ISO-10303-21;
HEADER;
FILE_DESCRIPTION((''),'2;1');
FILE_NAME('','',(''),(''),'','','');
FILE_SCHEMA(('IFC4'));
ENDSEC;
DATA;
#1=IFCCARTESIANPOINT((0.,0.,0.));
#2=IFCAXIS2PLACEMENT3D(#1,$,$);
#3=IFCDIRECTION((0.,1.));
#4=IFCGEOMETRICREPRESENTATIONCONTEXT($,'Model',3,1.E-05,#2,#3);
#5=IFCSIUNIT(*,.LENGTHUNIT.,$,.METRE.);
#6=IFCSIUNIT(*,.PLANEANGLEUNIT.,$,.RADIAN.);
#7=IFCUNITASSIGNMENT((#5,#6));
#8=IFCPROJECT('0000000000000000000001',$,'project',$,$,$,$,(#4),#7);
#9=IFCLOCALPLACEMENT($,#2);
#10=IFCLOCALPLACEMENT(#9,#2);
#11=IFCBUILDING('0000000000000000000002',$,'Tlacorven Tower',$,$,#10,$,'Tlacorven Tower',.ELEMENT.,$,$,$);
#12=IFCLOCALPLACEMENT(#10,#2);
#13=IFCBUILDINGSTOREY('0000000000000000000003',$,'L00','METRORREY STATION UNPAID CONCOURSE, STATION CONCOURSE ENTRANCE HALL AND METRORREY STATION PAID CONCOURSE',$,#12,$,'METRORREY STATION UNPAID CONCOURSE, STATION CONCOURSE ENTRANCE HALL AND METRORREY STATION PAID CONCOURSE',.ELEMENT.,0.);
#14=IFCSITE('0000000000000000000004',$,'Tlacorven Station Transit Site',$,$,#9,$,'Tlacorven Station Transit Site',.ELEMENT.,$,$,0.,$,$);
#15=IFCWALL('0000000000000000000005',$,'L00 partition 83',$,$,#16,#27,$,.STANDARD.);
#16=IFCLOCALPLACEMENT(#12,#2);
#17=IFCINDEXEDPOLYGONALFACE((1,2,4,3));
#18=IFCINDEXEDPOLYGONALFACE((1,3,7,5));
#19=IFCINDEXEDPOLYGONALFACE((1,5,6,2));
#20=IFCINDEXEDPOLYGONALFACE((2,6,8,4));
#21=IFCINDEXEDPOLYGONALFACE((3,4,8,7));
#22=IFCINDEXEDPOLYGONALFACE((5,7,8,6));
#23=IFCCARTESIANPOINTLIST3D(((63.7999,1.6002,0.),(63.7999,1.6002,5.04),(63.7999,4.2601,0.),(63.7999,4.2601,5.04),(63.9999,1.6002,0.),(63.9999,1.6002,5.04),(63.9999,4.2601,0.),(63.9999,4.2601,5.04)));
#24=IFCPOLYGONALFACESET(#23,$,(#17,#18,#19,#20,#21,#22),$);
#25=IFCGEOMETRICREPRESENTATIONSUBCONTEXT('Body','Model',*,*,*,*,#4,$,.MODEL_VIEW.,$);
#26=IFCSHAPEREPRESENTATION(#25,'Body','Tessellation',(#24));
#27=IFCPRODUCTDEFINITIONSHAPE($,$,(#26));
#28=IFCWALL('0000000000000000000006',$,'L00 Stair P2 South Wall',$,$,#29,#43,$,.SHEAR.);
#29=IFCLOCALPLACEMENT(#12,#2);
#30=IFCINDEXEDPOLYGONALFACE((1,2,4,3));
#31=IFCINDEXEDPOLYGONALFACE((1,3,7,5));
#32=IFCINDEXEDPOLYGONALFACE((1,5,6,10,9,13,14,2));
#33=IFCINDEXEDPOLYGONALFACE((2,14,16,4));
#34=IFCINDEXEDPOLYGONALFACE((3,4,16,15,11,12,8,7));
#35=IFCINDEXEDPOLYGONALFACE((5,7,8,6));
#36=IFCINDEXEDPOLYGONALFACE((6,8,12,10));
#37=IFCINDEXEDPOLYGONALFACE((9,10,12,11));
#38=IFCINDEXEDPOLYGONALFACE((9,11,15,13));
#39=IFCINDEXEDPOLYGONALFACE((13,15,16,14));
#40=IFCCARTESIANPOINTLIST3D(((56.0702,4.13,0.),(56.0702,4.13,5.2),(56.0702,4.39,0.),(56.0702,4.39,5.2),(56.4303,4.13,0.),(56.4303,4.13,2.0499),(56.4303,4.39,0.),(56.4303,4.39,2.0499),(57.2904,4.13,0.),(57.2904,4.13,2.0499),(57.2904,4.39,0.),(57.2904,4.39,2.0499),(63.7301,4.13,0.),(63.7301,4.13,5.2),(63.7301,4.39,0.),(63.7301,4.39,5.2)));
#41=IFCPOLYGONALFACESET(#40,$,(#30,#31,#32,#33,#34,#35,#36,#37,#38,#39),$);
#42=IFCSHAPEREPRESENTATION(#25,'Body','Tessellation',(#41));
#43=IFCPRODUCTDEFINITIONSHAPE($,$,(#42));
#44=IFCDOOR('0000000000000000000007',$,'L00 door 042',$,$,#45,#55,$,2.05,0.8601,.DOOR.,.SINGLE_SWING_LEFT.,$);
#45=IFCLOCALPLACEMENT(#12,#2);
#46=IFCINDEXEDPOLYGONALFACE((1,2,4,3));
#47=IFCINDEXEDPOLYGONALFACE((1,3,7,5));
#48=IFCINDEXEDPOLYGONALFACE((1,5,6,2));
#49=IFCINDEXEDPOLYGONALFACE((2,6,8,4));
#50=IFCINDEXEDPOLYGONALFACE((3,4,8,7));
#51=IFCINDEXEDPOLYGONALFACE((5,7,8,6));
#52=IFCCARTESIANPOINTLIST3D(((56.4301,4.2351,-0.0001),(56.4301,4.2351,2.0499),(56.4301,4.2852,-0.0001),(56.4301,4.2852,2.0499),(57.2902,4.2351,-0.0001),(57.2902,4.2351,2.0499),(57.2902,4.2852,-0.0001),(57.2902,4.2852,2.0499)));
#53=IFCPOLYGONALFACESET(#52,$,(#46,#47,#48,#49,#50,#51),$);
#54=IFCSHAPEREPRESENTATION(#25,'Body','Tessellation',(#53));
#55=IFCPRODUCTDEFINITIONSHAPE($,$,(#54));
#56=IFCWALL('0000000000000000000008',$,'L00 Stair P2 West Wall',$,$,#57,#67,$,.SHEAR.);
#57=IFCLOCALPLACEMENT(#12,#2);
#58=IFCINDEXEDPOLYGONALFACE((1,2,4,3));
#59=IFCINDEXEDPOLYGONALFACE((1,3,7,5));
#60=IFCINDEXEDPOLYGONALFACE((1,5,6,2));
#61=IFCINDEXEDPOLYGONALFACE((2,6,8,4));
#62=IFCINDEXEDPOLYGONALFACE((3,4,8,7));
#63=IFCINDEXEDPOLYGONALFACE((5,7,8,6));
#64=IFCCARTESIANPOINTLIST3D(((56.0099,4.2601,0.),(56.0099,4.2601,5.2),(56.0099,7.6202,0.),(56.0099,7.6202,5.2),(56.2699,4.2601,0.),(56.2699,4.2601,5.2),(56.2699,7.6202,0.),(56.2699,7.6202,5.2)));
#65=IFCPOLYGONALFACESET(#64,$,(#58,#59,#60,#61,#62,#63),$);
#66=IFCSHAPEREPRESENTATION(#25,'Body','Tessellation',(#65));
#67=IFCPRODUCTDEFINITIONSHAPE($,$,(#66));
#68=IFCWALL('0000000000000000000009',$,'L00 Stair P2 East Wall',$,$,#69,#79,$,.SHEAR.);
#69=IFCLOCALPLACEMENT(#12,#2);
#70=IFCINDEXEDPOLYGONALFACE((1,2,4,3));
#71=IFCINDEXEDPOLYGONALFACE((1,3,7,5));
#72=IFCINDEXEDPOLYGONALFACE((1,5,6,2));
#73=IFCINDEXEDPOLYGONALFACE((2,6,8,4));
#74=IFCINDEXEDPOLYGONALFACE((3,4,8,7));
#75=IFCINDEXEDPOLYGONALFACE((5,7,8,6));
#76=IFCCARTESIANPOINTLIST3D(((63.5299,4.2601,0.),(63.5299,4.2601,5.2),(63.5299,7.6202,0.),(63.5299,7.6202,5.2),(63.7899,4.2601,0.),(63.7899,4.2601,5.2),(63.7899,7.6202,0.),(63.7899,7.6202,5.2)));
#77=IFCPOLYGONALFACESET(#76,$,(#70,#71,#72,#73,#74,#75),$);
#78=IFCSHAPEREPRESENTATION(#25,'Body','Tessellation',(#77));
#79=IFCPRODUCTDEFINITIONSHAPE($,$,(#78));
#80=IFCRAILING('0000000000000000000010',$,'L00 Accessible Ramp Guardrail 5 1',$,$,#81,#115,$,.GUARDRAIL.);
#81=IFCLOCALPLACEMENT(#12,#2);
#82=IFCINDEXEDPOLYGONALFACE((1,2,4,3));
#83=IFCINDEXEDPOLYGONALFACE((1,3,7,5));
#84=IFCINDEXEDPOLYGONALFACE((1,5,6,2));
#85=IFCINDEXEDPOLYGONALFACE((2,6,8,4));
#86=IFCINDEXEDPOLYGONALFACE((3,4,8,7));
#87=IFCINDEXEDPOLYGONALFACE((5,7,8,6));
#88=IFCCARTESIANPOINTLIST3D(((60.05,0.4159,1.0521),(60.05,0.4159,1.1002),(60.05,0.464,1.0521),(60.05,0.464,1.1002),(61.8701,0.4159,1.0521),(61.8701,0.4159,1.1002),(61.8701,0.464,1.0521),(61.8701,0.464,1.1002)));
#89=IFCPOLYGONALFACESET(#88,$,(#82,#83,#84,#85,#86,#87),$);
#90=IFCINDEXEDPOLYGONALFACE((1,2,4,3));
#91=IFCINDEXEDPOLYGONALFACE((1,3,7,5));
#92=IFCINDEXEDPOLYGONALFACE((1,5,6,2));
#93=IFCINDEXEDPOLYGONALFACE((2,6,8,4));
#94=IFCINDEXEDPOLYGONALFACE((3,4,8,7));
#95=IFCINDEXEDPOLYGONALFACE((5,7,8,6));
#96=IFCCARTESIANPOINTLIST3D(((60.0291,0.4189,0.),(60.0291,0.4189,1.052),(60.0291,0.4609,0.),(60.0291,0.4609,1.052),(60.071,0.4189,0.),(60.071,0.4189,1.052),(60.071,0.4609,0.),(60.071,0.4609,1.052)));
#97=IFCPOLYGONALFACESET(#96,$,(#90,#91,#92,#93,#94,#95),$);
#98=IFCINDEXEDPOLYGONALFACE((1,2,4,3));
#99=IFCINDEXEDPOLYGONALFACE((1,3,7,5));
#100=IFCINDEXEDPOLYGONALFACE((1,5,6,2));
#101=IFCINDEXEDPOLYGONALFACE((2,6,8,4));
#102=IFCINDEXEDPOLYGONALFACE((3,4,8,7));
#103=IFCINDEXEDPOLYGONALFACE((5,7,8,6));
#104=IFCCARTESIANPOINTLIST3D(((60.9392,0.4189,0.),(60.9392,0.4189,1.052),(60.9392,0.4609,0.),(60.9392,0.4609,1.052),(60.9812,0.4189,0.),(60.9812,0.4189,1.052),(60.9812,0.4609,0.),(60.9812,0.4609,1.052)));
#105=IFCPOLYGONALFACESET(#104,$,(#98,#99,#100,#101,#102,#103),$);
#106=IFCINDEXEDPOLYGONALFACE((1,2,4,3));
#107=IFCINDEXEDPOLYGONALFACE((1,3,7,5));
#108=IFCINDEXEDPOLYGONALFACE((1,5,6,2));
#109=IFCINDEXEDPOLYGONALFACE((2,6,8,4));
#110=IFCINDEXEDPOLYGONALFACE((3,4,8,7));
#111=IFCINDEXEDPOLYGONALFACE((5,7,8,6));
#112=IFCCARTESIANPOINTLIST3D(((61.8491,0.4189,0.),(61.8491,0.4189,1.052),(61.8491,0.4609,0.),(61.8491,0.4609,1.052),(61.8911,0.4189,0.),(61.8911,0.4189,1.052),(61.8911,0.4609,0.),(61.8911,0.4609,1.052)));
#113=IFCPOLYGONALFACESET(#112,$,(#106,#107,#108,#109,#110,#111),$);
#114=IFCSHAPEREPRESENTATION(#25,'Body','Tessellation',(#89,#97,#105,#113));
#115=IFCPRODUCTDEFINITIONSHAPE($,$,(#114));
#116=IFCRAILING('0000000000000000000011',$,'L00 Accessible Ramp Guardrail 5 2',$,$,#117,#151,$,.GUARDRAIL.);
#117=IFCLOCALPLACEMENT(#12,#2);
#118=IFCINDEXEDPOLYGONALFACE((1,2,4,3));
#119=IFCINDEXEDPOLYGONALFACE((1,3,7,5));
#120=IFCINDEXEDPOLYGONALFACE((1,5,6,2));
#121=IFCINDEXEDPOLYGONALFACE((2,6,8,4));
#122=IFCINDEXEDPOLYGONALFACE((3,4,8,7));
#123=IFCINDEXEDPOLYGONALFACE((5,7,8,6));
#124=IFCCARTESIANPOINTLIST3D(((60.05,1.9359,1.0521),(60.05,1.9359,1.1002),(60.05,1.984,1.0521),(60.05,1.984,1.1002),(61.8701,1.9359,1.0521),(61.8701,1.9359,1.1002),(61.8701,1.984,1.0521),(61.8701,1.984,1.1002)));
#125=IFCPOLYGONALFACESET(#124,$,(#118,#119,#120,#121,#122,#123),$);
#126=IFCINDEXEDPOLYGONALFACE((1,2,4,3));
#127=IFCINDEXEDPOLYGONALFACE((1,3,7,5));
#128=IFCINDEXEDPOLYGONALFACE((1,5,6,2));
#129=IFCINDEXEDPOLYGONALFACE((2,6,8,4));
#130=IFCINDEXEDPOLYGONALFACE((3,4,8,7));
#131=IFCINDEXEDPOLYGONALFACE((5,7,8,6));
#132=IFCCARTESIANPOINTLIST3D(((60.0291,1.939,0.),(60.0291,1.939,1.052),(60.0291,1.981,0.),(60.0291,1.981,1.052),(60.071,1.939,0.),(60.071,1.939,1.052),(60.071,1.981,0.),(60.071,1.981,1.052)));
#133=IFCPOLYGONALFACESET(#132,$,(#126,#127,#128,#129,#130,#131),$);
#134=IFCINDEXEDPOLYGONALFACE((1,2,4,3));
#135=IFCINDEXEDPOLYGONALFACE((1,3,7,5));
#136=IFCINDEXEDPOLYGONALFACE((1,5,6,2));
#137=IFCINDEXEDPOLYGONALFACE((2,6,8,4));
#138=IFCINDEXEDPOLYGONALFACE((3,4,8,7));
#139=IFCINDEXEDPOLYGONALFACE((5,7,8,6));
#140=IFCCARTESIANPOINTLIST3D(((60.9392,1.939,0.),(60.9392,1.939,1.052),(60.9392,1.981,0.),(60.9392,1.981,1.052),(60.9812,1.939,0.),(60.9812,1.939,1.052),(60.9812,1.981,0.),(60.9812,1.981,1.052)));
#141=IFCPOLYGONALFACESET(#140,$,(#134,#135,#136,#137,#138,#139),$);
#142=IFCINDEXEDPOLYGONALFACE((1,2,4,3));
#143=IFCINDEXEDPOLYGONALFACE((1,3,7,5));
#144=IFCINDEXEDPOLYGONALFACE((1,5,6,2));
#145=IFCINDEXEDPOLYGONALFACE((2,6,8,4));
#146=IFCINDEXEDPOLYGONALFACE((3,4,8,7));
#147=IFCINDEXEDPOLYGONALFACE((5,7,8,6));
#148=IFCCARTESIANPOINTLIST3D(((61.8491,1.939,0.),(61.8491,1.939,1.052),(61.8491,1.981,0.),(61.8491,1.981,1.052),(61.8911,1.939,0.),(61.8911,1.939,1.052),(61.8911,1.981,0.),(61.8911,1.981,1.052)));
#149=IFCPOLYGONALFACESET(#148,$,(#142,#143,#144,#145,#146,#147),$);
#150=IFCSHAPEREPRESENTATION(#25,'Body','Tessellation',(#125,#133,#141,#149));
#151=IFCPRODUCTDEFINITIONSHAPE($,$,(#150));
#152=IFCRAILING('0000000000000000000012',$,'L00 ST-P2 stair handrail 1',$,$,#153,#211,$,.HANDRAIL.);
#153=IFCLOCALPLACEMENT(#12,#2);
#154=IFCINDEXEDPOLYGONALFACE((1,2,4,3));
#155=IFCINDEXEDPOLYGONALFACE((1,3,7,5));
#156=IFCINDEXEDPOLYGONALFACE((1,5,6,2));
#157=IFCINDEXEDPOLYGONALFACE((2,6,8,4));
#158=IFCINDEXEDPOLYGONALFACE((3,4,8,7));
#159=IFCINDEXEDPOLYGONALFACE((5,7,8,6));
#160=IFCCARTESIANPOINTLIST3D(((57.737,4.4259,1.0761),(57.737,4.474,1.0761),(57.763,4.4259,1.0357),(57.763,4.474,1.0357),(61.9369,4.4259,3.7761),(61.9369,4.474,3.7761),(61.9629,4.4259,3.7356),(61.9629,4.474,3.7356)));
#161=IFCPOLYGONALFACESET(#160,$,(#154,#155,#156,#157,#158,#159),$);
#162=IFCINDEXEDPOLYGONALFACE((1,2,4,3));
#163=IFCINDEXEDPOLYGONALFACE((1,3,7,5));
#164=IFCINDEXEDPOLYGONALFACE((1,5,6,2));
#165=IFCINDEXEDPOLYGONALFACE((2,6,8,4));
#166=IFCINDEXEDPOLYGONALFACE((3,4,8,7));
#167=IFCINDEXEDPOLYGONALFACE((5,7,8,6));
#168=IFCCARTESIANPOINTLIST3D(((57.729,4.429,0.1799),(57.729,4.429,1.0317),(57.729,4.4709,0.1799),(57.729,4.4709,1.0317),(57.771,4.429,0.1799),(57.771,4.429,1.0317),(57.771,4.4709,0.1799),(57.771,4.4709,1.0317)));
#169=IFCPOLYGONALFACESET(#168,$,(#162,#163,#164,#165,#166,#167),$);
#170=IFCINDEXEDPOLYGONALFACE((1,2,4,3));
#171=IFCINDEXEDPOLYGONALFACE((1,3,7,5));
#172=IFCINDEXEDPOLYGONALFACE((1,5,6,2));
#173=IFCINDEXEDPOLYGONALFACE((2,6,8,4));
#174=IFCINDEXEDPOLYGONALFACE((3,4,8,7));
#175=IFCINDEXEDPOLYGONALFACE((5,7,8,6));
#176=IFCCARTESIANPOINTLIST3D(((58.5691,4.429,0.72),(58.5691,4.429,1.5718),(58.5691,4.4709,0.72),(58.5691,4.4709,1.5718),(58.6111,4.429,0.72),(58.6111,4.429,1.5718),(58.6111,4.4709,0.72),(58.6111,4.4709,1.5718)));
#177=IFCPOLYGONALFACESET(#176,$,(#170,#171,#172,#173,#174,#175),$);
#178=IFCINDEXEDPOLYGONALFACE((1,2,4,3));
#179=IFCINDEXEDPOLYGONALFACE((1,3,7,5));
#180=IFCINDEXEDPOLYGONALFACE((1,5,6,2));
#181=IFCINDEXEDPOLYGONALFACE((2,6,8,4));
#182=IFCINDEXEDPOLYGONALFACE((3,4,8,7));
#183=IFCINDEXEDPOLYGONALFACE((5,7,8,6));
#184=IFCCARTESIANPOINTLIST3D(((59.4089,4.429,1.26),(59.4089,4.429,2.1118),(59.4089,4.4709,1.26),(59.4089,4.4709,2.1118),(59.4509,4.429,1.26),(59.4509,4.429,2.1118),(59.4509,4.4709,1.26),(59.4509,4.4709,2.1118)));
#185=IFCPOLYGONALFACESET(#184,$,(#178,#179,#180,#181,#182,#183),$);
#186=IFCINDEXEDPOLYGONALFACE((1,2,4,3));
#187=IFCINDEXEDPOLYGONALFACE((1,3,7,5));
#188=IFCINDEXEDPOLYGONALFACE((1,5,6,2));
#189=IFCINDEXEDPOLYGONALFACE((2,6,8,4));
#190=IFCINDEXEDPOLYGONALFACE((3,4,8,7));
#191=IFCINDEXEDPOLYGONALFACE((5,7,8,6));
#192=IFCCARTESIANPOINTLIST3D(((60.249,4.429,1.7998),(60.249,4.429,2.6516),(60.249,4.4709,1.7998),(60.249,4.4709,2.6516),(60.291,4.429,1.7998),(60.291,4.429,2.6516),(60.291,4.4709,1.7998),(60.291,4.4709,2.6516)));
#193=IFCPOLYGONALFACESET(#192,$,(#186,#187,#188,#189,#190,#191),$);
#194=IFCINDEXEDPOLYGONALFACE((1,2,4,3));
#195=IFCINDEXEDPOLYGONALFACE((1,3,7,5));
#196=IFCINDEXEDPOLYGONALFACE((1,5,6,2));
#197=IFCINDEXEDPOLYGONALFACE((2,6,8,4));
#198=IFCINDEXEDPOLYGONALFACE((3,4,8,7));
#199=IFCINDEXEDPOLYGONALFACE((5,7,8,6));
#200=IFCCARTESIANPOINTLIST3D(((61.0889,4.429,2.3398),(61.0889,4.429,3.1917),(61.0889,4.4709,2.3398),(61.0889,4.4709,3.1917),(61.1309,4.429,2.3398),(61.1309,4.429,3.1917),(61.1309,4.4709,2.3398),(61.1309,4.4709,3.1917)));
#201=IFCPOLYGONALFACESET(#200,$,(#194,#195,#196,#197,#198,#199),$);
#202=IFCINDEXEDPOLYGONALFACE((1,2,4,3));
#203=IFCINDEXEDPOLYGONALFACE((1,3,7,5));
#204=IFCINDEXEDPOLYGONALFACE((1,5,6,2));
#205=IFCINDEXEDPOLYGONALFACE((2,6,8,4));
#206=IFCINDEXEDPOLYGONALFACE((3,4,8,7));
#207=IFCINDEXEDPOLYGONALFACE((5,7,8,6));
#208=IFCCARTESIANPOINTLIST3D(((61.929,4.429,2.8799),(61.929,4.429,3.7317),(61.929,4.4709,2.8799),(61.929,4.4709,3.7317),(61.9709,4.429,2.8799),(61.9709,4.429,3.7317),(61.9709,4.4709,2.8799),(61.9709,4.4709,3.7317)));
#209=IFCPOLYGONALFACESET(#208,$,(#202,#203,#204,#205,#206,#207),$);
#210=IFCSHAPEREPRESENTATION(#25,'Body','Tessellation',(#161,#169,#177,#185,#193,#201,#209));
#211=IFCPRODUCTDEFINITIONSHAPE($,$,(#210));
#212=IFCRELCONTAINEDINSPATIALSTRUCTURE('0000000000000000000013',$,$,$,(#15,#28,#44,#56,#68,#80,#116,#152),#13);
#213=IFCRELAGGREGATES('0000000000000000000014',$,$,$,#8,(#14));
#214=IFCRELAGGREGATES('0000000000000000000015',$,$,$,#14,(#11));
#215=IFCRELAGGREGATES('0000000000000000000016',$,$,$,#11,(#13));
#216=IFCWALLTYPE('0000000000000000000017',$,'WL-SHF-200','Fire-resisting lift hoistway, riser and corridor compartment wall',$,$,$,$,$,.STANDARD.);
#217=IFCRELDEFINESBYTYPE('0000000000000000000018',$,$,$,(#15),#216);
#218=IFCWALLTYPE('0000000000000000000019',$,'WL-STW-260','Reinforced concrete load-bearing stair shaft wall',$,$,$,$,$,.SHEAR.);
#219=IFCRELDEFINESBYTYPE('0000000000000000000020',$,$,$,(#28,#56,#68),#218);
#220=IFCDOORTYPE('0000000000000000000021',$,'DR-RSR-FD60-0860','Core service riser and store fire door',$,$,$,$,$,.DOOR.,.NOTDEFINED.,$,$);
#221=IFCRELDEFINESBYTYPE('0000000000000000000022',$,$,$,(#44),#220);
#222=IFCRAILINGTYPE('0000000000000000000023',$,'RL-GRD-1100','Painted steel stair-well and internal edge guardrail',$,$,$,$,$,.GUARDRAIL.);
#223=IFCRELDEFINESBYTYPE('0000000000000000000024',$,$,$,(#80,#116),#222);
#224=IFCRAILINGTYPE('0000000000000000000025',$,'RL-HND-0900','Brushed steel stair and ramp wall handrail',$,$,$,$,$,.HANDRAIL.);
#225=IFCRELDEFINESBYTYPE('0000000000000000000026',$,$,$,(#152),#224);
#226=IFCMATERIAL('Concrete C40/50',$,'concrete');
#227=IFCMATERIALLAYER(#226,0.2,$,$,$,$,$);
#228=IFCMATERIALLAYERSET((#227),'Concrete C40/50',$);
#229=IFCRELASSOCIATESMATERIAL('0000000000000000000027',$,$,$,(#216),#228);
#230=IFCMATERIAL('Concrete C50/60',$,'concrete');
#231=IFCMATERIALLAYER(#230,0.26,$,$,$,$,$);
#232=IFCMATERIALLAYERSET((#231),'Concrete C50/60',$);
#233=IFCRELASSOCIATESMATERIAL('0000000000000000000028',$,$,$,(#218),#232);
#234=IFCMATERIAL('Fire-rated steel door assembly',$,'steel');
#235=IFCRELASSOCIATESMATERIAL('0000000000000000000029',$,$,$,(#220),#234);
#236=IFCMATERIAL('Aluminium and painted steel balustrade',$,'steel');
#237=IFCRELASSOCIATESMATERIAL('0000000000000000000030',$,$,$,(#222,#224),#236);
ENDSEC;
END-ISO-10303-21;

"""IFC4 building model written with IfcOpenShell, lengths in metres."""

from ifc_helpers import new_model, si_unit, direction, frame, frame_2d, origin, origin_2d, place, context, subcontext, project, spatial, rectangle, extrude, source, transform, mapped, material, layer, layer_set, type_object, element, fill, save


model = new_model("IFC4")

# Units and contexts
model_context = context("Model", 3, precision=1e-05, world=origin(), true_north=direction((0.0, 1.0)))
body_context = subcontext(model_context, "Body", "Model", "MODEL_VIEW")
ifc_project = project(units=[si_unit("LENGTHUNIT", "METRE"), si_unit("PLANEANGLEUNIT", "RADIAN")], contexts=[model_context])

# Site, building, storey
site_placement = place(None, origin())
site = spatial("IfcSite", under=ifc_project, at=site_placement, Name="Tlacorven Station Transit Site", LongName="Tlacorven Station Transit Site", CompositionType="ELEMENT", RefElevation=0.0)
building_placement = place(site_placement, origin())
building = spatial("IfcBuilding", under=site, at=building_placement, Name="Tlacorven Tower", LongName="Tlacorven Tower", CompositionType="ELEMENT")
storey_placement = place(building_placement, origin())
storey = spatial("IfcBuildingStorey", under=building, at=storey_placement, Name="L00", Description="METRORREY STATION UNPAID CONCOURSE, STATION CONCOURSE ENTRANCE HALL AND METRORREY STATION PAID CONCOURSE", LongName="METRORREY STATION UNPAID CONCOURSE, STATION CONCOURSE ENTRANCE HALL AND METRORREY STATION PAID CONCOURSE", CompositionType="ELEMENT", Elevation=0.0)

# Wall
ifc_material_1 = material(Name="Concrete C40/50", Category="concrete")
ifc_layer_1 = layer(ifc_material_1, 0.2)
ifc_layer_set_1 = layer_set([ifc_layer_1], Name="Concrete C40/50")
wall_type_1 = type_object("IfcWallType", Name="WL-SHF-200", Description="Fire-resisting lift hoistway, riser and corridor compartment wall", PredefinedType="STANDARD", material=ifc_layer_set_1)
for number, where, z_axis, x_axis, name in (
    (1, (63.8999, 1.6001, 0.0), (0.0, 0.0, 1.0), (0.0, 1.0, 0.0), "L00 partition 83"),
):
    element("IfcWall", number, at=place(storey_placement, frame(where, z_axis=z_axis, x_axis=x_axis)), inside=storey, type_object=wall_type_1, Name=name, PredefinedType="STANDARD", context=body_context, shape_type="SweptSolid", body=[
        extrude(rectangle(XDim=2.6599, YDim=0.2, at=frame_2d((1.3301, 0.0))), origin(), (0.0, 0.0, 1.0), 5.04),
    ])

# Wall, opening, door
ifc_material_2 = material(Name="Concrete C50/60", Category="concrete")
ifc_layer_2 = layer(ifc_material_2, 0.26)
ifc_layer_set_2 = layer_set([ifc_layer_2], Name="Concrete C50/60")
wall_type_2 = type_object("IfcWallType", Name="WL-STW-260", Description="Reinforced concrete load-bearing stair shaft wall", PredefinedType="SHEAR", material=ifc_layer_set_2)
wall_1_placement = place(storey_placement, frame((56.0701, 4.26, 0.0), z_axis=(0.0, 0.0, 1.0), x_axis=(1.0, 0.0, 0.0)))
wall_1 = element("IfcWall", 2, at=wall_1_placement, inside=storey, type_object=wall_type_2, Name="L00 Stair P2 South Wall", PredefinedType="SHEAR", context=body_context, shape_type="SweptSolid", body=[
    extrude(rectangle(XDim=7.6599, YDim=0.26, at=frame_2d((3.8301, 0.0))), origin(), (0.0, 0.0, 1.0), 5.2),
])
opening_1_placement = place(wall_1_placement, frame((0.3601, 0.0, 0.0)))
opening_1 = element("IfcOpeningElement", 3, at=opening_1_placement, cuts=wall_1, PredefinedType="OPENING", context=body_context, shape_type="SweptSolid", body=[
    extrude(rectangle(XDim=0.8601, YDim=2.05, at=frame_2d((0.4302, 1.0249))), frame((0.0, 0.1401, 0.0), z_axis=(0.0, -1.0, 0.0), x_axis=(1.0, 0.0, 0.0)), (0.0, 0.0, 1.0), 0.28),
])
ifc_material_3 = material(Name="Fire-rated steel door assembly", Category="steel")
door_type_1 = type_object("IfcDoorType", Name="DR-RSR-FD60-0860", Description="Core service riser and store fire door", OperationType="NOTDEFINED", PredefinedType="DOOR", material=ifc_material_3)
shared_shape_1 = source(origin(), body_context, "Body", "SweptSolid", [
    extrude(rectangle(XDim=0.8601, YDim=2.05, at=frame_2d((0.4302, 1.0249))), frame((0.0, 0.0249, 0.0), z_axis=(0.0, -1.0, 0.0), x_axis=(1.0, 0.0, 0.0)), (0.0, 0.0, 1.0), 0.05),
])
door_1_placement = place(opening_1_placement, frame((0.8601, 0.0, 0.0), z_axis=(0.0, 0.0, 1.0), x_axis=(-1.0, 0.0, 0.0)))
door_1 = element("IfcDoor", 4, at=door_1_placement, inside=storey, type_object=door_type_1, Name="L00 door 042", OperationType="SINGLE_SWING_LEFT", OverallHeight=2.05, OverallWidth=0.8601, PredefinedType="DOOR", context=body_context, shape_type="MappedRepresentation", body=[
    mapped(shared_shape_1, transform((0.0, 0.0, 0.0), scale=1.0)),
])
fill(opening_1, door_1)

# Walls
for number, where, z_axis, x_axis, name in (
    (5, (56.1399, 4.26, 0.0), (0.0, 0.0, 1.0), (0.0, 1.0, 0.0), "L00 Stair P2 West Wall"),
    (6, (63.6599, 4.26, 0.0), (0.0, 0.0, 1.0), (0.0, 1.0, 0.0), "L00 Stair P2 East Wall"),
):
    element("IfcWall", number, at=place(storey_placement, frame(where, z_axis=z_axis, x_axis=x_axis)), inside=storey, type_object=wall_type_2, Name=name, PredefinedType="SHEAR", context=body_context, shape_type="SweptSolid", body=[
        extrude(rectangle(XDim=3.3601, YDim=0.26, at=frame_2d((1.6802, 0.0))), origin(), (0.0, 0.0, 1.0), 5.2),
    ])

# Railings
ifc_material_4 = material(Name="Aluminium and painted steel balustrade", Category="steel")
railing_type_1 = type_object("IfcRailingType", Name="RL-GRD-1100", Description="Painted steel stair-well and internal edge guardrail", PredefinedType="GUARDRAIL", material=ifc_material_4)
shared_shape_2 = source(origin(), body_context, "Body", "SweptSolid", [
    extrude(rectangle(XDim=0.0481, YDim=0.0481, at=origin_2d()), frame((0.0, 0.0, 1.0762), z_axis=(1.0, 0.0, 0.0), x_axis=(0.0, 1.0, 0.0)), (0.0, 0.0, 1.0), 1.8201),
    extrude(rectangle(XDim=0.042, YDim=0.042, at=origin_2d()), origin(), (0.0, 0.0, 1.0), 1.052),
    extrude(rectangle(XDim=0.042, YDim=0.042, at=origin_2d()), frame((0.9102, 0.0, 0.0)), (0.0, 0.0, 1.0), 1.052),
    extrude(rectangle(XDim=0.042, YDim=0.042, at=origin_2d()), frame((1.8201, 0.0, 0.0)), (0.0, 0.0, 1.0), 1.052),
])
for number, where, name in (
    (7, (60.05, 0.4399, 0.0), "L00 Accessible Ramp Guardrail 5 1"),
    (8, (60.05, 1.96, 0.0), "L00 Accessible Ramp Guardrail 5 2"),
):
    element("IfcRailing", number, at=place(storey_placement, frame(where)), inside=storey, type_object=railing_type_1, Name=name, PredefinedType="GUARDRAIL", context=body_context, shape_type="MappedRepresentation", body=[
        mapped(shared_shape_2, transform((0.0, 0.0, 0.0), scale=1.0)),
    ])
railing_type_2 = type_object("IfcRailingType", Name="RL-HND-0900", Description="Brushed steel stair and ramp wall handrail", PredefinedType="HANDRAIL", material=ifc_material_4)
shared_shape_3 = source(origin(), body_context, "Body", "SweptSolid", [
    extrude(rectangle(XDim=0.0481, YDim=0.0481, at=origin_2d()), frame((0.0, 0.0, 0.876), z_axis=(0.84118, 0.0, 0.540755), x_axis=(0.0, 1.0, 0.0)), (0.0, 0.0, 1.0), 4.9929),
    extrude(rectangle(XDim=0.042, YDim=0.042, at=origin_2d()), origin(), (0.0, 0.0, 1.0), 0.8518),
    extrude(rectangle(XDim=0.042, YDim=0.042, at=origin_2d()), frame((0.8401, 0.0, 0.54)), (0.0, 0.0, 1.0), 0.8518),
    extrude(rectangle(XDim=0.042, YDim=0.042, at=origin_2d()), frame((1.6799, 0.0, 1.0801)), (0.0, 0.0, 1.0), 0.8518),
    extrude(rectangle(XDim=0.042, YDim=0.042, at=origin_2d()), frame((2.52, 0.0, 1.6199)), (0.0, 0.0, 1.0), 0.8518),
    extrude(rectangle(XDim=0.042, YDim=0.042, at=origin_2d()), frame((3.3599, 0.0, 2.1599)), (0.0, 0.0, 1.0), 0.8518),
    extrude(rectangle(XDim=0.042, YDim=0.042, at=origin_2d()), frame((4.2, 0.0, 2.7)), (0.0, 0.0, 1.0), 0.8518),
])
railing_placement = place(storey_placement, frame((57.75, 4.45, 0.1799)))
element("IfcRailing", 9, at=railing_placement, inside=storey, type_object=railing_type_2, Name="L00 ST-P2 stair handrail 1", PredefinedType="HANDRAIL", context=body_context, shape_type="MappedRepresentation", body=[
    mapped(shared_shape_3, transform((0.0, 0.0, 0.0), scale=1.0)),
])

save(model, "model.ifc")
